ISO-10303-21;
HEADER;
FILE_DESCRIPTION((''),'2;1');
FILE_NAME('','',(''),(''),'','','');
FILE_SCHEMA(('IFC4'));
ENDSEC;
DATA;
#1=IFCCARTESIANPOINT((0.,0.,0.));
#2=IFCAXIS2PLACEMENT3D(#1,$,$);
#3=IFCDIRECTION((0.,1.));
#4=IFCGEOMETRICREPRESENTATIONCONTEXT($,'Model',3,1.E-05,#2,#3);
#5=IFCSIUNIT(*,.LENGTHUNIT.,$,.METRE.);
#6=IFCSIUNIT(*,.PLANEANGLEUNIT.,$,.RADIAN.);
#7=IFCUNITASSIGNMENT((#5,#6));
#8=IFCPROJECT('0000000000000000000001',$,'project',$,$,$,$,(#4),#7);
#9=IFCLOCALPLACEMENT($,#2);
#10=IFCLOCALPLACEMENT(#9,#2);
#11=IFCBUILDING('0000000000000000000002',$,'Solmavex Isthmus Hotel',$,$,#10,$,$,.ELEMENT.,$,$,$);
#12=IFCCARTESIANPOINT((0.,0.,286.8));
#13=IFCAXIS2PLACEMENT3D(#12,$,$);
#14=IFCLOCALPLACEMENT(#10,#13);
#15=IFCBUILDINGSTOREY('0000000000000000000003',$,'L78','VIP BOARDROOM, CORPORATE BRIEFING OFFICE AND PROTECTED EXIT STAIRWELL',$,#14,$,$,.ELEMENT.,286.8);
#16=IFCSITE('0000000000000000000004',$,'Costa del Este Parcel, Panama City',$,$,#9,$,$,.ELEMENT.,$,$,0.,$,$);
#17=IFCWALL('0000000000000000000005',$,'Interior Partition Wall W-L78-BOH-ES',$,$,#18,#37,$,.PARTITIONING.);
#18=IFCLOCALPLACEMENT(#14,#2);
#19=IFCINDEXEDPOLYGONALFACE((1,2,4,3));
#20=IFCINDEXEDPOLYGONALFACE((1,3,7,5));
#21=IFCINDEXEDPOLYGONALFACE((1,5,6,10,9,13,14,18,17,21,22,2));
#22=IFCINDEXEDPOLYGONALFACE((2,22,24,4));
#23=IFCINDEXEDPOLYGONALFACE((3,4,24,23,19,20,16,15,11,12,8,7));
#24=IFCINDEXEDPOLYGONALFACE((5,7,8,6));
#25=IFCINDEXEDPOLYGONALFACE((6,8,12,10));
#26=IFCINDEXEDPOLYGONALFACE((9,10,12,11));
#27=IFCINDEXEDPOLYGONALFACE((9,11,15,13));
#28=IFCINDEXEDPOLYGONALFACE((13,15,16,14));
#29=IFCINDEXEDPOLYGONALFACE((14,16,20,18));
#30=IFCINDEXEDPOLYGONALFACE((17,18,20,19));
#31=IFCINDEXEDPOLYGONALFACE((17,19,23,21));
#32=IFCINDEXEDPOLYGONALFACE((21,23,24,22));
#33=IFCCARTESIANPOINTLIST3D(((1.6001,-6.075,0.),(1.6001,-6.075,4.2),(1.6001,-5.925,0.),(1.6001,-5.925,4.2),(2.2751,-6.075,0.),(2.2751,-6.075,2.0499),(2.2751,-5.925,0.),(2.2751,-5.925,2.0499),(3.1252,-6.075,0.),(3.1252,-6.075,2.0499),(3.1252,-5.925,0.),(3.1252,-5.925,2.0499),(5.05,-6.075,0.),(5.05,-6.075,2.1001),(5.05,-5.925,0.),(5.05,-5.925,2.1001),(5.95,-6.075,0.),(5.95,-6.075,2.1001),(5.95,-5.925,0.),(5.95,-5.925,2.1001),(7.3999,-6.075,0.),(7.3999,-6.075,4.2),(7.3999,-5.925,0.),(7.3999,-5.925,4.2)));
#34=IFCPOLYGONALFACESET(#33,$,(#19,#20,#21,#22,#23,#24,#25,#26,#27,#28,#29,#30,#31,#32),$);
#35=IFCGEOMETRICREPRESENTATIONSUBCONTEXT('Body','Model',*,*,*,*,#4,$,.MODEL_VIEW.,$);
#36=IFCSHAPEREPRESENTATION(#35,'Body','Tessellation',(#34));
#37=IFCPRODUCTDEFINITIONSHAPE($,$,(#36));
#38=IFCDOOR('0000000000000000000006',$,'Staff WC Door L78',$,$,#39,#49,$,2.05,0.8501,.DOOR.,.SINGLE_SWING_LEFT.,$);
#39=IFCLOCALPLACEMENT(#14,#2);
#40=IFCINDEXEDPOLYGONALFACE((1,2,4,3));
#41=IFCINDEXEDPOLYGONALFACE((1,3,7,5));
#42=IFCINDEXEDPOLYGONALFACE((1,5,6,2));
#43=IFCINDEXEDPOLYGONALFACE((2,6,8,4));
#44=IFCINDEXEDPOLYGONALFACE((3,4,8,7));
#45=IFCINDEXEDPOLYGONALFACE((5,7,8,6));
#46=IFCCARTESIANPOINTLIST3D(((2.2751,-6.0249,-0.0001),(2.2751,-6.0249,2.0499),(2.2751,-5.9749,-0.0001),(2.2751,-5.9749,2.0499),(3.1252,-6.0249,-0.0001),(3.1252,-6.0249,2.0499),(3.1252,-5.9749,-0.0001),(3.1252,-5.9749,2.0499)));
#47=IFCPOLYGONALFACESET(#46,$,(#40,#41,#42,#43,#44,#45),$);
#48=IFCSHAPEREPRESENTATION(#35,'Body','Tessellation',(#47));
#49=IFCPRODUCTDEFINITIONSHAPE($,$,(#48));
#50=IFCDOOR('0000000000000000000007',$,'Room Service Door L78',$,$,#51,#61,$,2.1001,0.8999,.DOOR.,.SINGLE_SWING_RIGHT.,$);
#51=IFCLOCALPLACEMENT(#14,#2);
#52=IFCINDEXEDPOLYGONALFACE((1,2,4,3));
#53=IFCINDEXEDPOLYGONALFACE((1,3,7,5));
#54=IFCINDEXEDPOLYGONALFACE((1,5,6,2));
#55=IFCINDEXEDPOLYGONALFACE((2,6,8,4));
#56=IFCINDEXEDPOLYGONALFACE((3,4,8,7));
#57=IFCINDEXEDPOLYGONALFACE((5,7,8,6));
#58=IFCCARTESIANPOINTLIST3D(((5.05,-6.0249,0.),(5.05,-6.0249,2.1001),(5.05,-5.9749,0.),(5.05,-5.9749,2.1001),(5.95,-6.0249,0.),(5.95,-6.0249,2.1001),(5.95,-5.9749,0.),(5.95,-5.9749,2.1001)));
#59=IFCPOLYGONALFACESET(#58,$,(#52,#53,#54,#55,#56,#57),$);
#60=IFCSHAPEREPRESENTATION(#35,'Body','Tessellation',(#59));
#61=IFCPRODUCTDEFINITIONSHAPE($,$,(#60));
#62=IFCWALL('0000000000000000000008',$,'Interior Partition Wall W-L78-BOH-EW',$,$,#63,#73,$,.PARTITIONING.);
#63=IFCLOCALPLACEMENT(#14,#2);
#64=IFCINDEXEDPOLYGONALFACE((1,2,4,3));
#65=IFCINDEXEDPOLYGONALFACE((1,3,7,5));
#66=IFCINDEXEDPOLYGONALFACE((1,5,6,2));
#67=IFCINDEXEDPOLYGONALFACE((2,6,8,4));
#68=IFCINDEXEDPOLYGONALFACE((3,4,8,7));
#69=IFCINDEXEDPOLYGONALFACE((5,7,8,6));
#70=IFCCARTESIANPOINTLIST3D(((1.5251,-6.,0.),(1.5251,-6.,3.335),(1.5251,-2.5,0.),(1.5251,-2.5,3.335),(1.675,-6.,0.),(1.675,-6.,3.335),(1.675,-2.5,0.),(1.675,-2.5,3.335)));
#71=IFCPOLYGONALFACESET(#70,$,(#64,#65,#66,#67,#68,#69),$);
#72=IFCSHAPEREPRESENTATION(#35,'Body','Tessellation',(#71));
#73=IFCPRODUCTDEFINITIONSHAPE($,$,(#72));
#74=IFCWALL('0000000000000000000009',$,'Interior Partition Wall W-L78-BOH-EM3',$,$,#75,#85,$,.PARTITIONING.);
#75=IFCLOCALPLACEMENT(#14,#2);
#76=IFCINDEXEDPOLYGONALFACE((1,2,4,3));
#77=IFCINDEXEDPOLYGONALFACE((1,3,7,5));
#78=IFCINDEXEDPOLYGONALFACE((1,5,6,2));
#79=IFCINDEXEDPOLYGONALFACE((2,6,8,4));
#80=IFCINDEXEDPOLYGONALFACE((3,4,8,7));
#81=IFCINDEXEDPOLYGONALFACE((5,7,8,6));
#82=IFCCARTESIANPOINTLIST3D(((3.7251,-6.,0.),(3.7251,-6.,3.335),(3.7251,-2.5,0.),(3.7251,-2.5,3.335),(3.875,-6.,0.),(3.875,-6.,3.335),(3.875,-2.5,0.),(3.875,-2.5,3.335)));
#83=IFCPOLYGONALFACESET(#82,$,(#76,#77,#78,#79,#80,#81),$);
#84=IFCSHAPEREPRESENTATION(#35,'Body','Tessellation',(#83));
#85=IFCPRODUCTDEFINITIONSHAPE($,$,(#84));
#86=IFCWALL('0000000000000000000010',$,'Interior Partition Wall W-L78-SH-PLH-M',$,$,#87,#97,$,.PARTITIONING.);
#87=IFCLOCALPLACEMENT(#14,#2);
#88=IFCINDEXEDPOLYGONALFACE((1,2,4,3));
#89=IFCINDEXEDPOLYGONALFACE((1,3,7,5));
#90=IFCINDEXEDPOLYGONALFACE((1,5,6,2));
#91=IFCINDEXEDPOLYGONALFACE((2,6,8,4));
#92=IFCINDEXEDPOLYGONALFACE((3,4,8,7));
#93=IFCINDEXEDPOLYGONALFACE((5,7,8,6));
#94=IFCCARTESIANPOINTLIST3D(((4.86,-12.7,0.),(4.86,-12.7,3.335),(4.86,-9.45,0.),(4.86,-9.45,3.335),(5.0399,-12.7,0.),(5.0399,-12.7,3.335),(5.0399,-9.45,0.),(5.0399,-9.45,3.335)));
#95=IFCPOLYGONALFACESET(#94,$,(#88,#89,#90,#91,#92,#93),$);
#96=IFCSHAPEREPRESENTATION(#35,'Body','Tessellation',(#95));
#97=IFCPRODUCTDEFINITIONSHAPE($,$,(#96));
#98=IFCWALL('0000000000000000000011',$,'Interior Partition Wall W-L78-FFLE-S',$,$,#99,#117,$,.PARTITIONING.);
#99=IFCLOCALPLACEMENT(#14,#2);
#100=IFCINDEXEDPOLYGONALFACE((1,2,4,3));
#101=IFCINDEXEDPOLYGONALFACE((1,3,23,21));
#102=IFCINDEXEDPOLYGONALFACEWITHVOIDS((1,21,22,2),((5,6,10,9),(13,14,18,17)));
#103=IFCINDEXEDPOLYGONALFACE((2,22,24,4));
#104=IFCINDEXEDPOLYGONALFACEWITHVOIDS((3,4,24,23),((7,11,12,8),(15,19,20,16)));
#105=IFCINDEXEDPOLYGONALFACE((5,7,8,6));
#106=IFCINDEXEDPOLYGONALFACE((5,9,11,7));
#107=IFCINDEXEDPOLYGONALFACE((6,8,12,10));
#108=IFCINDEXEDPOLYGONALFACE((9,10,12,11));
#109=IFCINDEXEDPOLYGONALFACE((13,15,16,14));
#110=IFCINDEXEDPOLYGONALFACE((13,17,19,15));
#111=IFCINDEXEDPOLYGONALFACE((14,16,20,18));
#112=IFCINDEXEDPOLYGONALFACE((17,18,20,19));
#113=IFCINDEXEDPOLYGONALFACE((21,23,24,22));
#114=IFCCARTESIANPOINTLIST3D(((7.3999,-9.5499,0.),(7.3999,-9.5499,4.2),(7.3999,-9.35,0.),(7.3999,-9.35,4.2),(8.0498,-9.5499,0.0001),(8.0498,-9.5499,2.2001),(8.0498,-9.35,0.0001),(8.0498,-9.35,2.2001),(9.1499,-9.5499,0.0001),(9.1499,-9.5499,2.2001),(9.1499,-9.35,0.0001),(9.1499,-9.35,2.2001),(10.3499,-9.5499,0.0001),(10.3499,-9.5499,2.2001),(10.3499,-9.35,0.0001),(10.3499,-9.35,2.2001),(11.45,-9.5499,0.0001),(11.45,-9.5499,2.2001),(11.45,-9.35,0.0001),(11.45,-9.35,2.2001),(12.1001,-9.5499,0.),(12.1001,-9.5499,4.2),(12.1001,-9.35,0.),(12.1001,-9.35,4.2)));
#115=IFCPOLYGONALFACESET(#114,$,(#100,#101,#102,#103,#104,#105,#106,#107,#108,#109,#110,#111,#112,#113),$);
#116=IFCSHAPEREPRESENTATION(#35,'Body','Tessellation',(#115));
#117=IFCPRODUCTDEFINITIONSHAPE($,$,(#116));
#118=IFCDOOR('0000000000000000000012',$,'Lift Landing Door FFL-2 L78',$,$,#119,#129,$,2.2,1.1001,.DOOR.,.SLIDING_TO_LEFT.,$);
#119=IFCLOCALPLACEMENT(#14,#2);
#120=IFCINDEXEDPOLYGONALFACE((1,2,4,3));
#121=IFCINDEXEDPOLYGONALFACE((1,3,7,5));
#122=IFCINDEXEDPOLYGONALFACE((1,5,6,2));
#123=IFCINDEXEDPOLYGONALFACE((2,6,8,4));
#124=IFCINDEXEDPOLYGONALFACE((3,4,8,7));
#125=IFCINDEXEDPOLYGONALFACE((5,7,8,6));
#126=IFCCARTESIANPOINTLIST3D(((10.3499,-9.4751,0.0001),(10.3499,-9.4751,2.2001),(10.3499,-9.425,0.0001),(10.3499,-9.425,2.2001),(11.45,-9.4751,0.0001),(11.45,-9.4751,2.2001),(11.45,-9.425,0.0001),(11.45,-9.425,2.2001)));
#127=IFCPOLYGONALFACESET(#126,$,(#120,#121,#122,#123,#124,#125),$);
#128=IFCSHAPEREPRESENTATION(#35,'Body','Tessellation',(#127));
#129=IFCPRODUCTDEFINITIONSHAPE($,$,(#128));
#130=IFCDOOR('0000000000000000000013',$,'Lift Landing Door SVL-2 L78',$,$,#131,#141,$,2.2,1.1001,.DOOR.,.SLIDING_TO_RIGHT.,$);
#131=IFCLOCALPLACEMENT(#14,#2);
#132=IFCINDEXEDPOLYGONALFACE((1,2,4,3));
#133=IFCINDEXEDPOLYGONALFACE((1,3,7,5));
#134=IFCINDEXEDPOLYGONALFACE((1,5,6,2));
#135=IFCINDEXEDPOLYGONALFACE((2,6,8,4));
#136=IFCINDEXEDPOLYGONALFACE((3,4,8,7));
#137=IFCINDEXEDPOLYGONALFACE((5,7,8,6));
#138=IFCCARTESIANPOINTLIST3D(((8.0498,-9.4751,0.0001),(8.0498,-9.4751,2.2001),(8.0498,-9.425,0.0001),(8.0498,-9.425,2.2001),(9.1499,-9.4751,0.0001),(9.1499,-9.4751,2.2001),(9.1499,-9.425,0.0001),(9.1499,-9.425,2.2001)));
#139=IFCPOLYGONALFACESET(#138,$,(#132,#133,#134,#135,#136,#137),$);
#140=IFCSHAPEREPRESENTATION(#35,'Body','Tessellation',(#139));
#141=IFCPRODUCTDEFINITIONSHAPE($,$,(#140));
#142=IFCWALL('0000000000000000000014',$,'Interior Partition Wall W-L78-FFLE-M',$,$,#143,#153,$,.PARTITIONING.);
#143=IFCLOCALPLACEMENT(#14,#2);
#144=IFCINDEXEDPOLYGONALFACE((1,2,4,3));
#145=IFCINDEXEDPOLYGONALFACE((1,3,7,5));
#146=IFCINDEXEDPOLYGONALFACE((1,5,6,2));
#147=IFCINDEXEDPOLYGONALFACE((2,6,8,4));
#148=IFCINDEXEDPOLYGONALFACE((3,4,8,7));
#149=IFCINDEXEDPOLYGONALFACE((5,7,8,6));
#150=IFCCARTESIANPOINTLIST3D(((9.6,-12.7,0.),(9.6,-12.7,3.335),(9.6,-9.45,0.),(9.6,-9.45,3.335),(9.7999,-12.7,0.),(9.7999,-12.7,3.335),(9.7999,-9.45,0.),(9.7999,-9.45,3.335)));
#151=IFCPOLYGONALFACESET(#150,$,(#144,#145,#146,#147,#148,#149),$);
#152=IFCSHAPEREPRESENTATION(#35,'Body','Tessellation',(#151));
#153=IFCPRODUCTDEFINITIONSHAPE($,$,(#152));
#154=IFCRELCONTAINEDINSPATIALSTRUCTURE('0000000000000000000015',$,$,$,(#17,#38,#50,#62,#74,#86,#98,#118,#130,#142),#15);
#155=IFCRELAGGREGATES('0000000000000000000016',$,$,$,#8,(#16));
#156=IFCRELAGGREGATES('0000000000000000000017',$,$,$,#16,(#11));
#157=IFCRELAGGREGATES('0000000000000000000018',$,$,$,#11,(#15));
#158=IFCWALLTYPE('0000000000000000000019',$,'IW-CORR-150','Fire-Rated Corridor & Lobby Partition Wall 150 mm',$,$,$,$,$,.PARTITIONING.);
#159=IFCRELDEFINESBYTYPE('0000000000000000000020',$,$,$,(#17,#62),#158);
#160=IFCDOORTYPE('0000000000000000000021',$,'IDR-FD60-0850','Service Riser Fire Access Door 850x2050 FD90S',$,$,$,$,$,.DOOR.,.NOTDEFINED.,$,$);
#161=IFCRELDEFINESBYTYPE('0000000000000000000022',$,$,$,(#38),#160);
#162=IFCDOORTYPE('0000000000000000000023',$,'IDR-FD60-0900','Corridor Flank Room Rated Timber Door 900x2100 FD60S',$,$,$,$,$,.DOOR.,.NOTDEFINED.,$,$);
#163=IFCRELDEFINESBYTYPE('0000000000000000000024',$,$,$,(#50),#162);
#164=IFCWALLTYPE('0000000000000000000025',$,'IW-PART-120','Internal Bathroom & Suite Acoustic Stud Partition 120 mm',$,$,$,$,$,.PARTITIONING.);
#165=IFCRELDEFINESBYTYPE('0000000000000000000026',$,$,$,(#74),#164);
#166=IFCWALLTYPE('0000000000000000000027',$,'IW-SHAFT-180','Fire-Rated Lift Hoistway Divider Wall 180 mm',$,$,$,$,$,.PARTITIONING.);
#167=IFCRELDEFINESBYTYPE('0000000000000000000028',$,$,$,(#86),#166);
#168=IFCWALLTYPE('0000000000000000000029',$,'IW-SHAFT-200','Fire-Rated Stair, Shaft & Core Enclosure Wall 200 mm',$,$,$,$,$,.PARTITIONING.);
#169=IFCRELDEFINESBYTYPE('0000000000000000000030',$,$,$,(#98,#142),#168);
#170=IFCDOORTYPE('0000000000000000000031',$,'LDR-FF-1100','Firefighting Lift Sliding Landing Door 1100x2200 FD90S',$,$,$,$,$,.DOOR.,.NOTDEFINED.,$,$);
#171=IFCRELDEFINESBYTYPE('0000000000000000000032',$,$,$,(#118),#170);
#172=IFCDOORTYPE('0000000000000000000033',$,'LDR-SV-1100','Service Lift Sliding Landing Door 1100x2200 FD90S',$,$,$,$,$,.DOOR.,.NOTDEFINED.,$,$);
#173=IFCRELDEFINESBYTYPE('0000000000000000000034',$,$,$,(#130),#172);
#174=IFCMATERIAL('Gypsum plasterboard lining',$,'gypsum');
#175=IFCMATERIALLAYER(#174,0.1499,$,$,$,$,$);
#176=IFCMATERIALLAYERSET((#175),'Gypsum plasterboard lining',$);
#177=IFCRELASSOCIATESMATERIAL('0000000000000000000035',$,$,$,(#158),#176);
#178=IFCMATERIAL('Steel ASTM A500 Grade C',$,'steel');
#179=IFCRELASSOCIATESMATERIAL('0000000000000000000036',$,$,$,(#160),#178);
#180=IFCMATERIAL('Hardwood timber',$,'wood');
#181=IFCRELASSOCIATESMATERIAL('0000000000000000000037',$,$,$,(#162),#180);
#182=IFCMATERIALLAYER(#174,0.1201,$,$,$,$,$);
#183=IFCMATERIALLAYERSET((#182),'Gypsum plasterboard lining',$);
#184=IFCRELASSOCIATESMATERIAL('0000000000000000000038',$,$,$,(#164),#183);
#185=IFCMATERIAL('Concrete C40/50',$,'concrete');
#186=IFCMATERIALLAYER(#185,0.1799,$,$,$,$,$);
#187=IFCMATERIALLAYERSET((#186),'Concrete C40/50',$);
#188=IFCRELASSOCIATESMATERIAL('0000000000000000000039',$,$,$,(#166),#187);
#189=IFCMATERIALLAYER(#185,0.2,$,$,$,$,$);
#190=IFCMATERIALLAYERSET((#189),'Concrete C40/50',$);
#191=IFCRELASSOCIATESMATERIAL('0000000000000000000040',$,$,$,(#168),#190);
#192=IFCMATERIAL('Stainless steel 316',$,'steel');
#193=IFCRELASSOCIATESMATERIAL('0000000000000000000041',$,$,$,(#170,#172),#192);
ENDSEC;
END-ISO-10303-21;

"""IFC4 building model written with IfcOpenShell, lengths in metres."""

from ifc_helpers import new_model, si_unit, direction, frame, frame_2d, origin, place, context, subcontext, project, spatial, rectangle, extrude, material, layer, layer_set, type_object, element, fill, save


model = new_model("IFC4")

# Units and contexts
model_context = context("Model", 3, precision=1e-05, world=origin(), true_north=direction((0.0, 1.0)))
body_context = subcontext(model_context, "Body", "Model", "MODEL_VIEW")
ifc_project = project(units=[si_unit("LENGTHUNIT", "METRE"), si_unit("PLANEANGLEUNIT", "RADIAN")], contexts=[model_context])

# Site, building, storey
site_placement = place(None, origin())
site = spatial("IfcSite", under=ifc_project, at=site_placement, Name="Costa del Este Parcel, Panama City", CompositionType="ELEMENT", RefElevation=0.0)
building_placement = place(site_placement, origin())
building = spatial("IfcBuilding", under=site, at=building_placement, Name="Solmavex Isthmus Hotel", CompositionType="ELEMENT")
storey_placement = place(building_placement, frame((0.0, 0.0, 286.8)))
storey = spatial("IfcBuildingStorey", under=building, at=storey_placement, Name="L78", Description="VIP BOARDROOM, CORPORATE BRIEFING OFFICE AND PROTECTED EXIT STAIRWELL", CompositionType="ELEMENT", Elevation=286.8)

# Shared definitions
ifc_material_1 = material(Name="Concrete C40/50", Category="concrete")

# Shared definitions
ifc_material_2 = material(Name="Gypsum plasterboard lining", Category="gypsum")

# Wall, openings, doors
ifc_layer_1 = layer(ifc_material_2, 0.1499)
ifc_layer_set_1 = layer_set([ifc_layer_1], Name="Gypsum plasterboard lining")
wall_type_1 = type_object("IfcWallType", Name="IW-CORR-150", Description="Fire-Rated Corridor & Lobby Partition Wall 150 mm", PredefinedType="PARTITIONING", material=ifc_layer_set_1)
wall_1_placement = place(storey_placement, frame((1.6001, -6.0, 0.0), z_axis=(0.0, 0.0, 1.0), x_axis=(1.0, 0.0, 0.0)))
wall_1 = element("IfcWall", 1, at=wall_1_placement, inside=storey, type_object=wall_type_1, Name="Interior Partition Wall W-L78-BOH-ES", PredefinedType="PARTITIONING", context=body_context, shape_type="SweptSolid", body=[
    extrude(rectangle(XDim=5.7998, YDim=0.1499, at=frame_2d((2.8999, 0.0))), origin(), (0.0, 0.0, 1.0), 4.2),
])
opening_1_placement = place(wall_1_placement, frame((0.675, 0.0, 0.0)))
opening_1 = element("IfcOpeningElement", 2, at=opening_1_placement, cuts=wall_1, PredefinedType="OPENING", context=body_context, shape_type="SweptSolid", body=[
    extrude(rectangle(XDim=0.8501, YDim=2.05, at=frame_2d((0.425, 1.0249))), frame((0.0, 0.085, 0.0), z_axis=(0.0, -1.0, 0.0), x_axis=(1.0, 0.0, 0.0)), (0.0, 0.0, 1.0), 0.1699),
])
opening_2_placement = place(wall_1_placement, frame((3.45, 0.0, 0.0)))
opening_2 = element("IfcOpeningElement", 3, at=opening_2_placement, cuts=wall_1, PredefinedType="OPENING", context=body_context, shape_type="SweptSolid", body=[
    extrude(rectangle(XDim=0.8999, YDim=2.1001, at=frame_2d((0.45, 1.05))), frame((0.0, 0.085, 0.0), z_axis=(0.0, -1.0, 0.0), x_axis=(1.0, 0.0, 0.0)), (0.0, 0.0, 1.0), 0.1699),
])
ifc_material_3 = material(Name="Steel ASTM A500 Grade C", Category="steel")
door_type_1 = type_object("IfcDoorType", Name="IDR-FD60-0850", Description="Service Riser Fire Access Door 850x2050 FD90S", OperationType="NOTDEFINED", PredefinedType="DOOR", material=ifc_material_3)
door_1_placement = place(opening_1_placement, frame((0.8501, 0.0, 0.0), z_axis=(0.0, 0.0, 1.0), x_axis=(-1.0, 0.0, 0.0)))
door_1 = element("IfcDoor", 4, at=door_1_placement, inside=storey, type_object=door_type_1, Name="Staff WC Door L78", OperationType="SINGLE_SWING_LEFT", OverallHeight=2.05, OverallWidth=0.8501, PredefinedType="DOOR", context=body_context, shape_type="SweptSolid", body=[
    extrude(rectangle(XDim=0.8501, YDim=2.05, at=frame_2d((0.425, 1.0249))), frame((0.0, 0.0249, 0.0), z_axis=(0.0, -1.0, 0.0), x_axis=(1.0, 0.0, 0.0)), (0.0, 0.0, 1.0), 0.05),
])
fill(opening_1, door_1)
ifc_material_4 = material(Name="Hardwood timber", Category="wood")
door_type_2 = type_object("IfcDoorType", Name="IDR-FD60-0900", Description="Corridor Flank Room Rated Timber Door 900x2100 FD60S", OperationType="NOTDEFINED", PredefinedType="DOOR", material=ifc_material_4)
door_2_placement = place(opening_2_placement, frame((0.8999, 0.0, 0.0), z_axis=(0.0, 0.0, 1.0), x_axis=(-1.0, 0.0, 0.0)))
door_2 = element("IfcDoor", 5, at=door_2_placement, inside=storey, type_object=door_type_2, Name="Room Service Door L78", OperationType="SINGLE_SWING_RIGHT", OverallHeight=2.1001, OverallWidth=0.8999, PredefinedType="DOOR", context=body_context, shape_type="SweptSolid", body=[
    extrude(rectangle(XDim=0.8999, YDim=2.1001, at=frame_2d((0.45, 1.05))), frame((0.0, 0.0249, 0.0), z_axis=(0.0, -1.0, 0.0), x_axis=(1.0, 0.0, 0.0)), (0.0, 0.0, 1.0), 0.05),
])
fill(opening_2, door_2)

# Walls
wall_2_placement = place(storey_placement, frame((1.6001, -6.0, 0.0), z_axis=(0.0, 0.0, 1.0), x_axis=(0.0, 1.0, 0.0)))
element("IfcWall", 6, at=wall_2_placement, inside=storey, type_object=wall_type_1, Name="Interior Partition Wall W-L78-BOH-EW", PredefinedType="PARTITIONING", context=body_context, shape_type="SweptSolid", body=[
    extrude(rectangle(XDim=3.5, YDim=0.1499, at=frame_2d((1.75, 0.0))), origin(), (0.0, 0.0, 1.0), 3.335),
])
ifc_layer_2 = layer(ifc_material_2, 0.1201)
ifc_layer_set_2 = layer_set([ifc_layer_2], Name="Gypsum plasterboard lining")
wall_type_2 = type_object("IfcWallType", Name="IW-PART-120", Description="Internal Bathroom & Suite Acoustic Stud Partition 120 mm", PredefinedType="PARTITIONING", material=ifc_layer_set_2)
wall_3_placement = place(storey_placement, frame((3.8, -6.0, 0.0), z_axis=(0.0, 0.0, 1.0), x_axis=(0.0, 1.0, 0.0)))
element("IfcWall", 7, at=wall_3_placement, inside=storey, type_object=wall_type_2, Name="Interior Partition Wall W-L78-BOH-EM3", PredefinedType="PARTITIONING", context=body_context, shape_type="SweptSolid", body=[
    extrude(rectangle(XDim=3.5, YDim=0.1499, at=frame_2d((1.75, 0.0))), origin(), (0.0, 0.0, 1.0), 3.335),
])
ifc_layer_3 = layer(ifc_material_1, 0.1799)
ifc_layer_set_3 = layer_set([ifc_layer_3], Name="Concrete C40/50")
wall_type_3 = type_object("IfcWallType", Name="IW-SHAFT-180", Description="Fire-Rated Lift Hoistway Divider Wall 180 mm", PredefinedType="PARTITIONING", material=ifc_layer_set_3)
wall_4_placement = place(storey_placement, frame((4.95, -12.7, 0.0), z_axis=(0.0, 0.0, 1.0), x_axis=(0.0, 1.0, 0.0)))
element("IfcWall", 8, at=wall_4_placement, inside=storey, type_object=wall_type_3, Name="Interior Partition Wall W-L78-SH-PLH-M", PredefinedType="PARTITIONING", context=body_context, shape_type="SweptSolid", body=[
    extrude(rectangle(XDim=3.25, YDim=0.1799, at=frame_2d((1.625, 0.0))), origin(), (0.0, 0.0, 1.0), 3.335),
])

# Wall, openings, doors
ifc_layer_4 = layer(ifc_material_1, 0.2)
ifc_layer_set_4 = layer_set([ifc_layer_4], Name="Concrete C40/50")
wall_type_4 = type_object("IfcWallType", Name="IW-SHAFT-200", Description="Fire-Rated Stair, Shaft & Core Enclosure Wall 200 mm", PredefinedType="PARTITIONING", material=ifc_layer_set_4)
wall_5_placement = place(storey_placement, frame((7.3999, -9.45, 0.0), z_axis=(0.0, 0.0, 1.0), x_axis=(1.0, 0.0, 0.0)))
wall_5 = element("IfcWall", 9, at=wall_5_placement, inside=storey, type_object=wall_type_4, Name="Interior Partition Wall W-L78-FFLE-S", PredefinedType="PARTITIONING", context=body_context, shape_type="SweptSolid", body=[
    extrude(rectangle(XDim=4.7002, YDim=0.2, at=frame_2d((2.3501, 0.0))), origin(), (0.0, 0.0, 1.0), 4.2),
])
opening_3_placement = place(wall_5_placement, frame((2.95, 0.0, 0.0)))
opening_3 = element("IfcOpeningElement", 10, at=opening_3_placement, cuts=wall_5, PredefinedType="OPENING", context=body_context, shape_type="SweptSolid", body=[
    extrude(rectangle(XDim=1.1001, YDim=2.2, at=frame_2d((0.55, 1.1001))), frame((0.0, 0.1099, 0.0), z_axis=(0.0, -1.0, 0.0), x_axis=(1.0, 0.0, 0.0)), (0.0, 0.0, 1.0), 0.22),
])
opening_4_placement = place(wall_5_placement, frame((0.6499, 0.0, 0.0)))
opening_4 = element("IfcOpeningElement", 11, at=opening_4_placement, cuts=wall_5, PredefinedType="OPENING", context=body_context, shape_type="SweptSolid", body=[
    extrude(rectangle(XDim=1.1001, YDim=2.2, at=frame_2d((0.55, 1.1001))), frame((0.0, 0.1099, 0.0), z_axis=(0.0, -1.0, 0.0), x_axis=(1.0, 0.0, 0.0)), (0.0, 0.0, 1.0), 0.22),
])
ifc_material_5 = material(Name="Stainless steel 316", Category="steel")
door_type_3 = type_object("IfcDoorType", Name="LDR-FF-1100", Description="Firefighting Lift Sliding Landing Door 1100x2200 FD90S", OperationType="NOTDEFINED", PredefinedType="DOOR", material=ifc_material_5)
door_3_placement = place(opening_3_placement, origin())
door_3 = element("IfcDoor", 12, at=door_3_placement, inside=storey, type_object=door_type_3, Name="Lift Landing Door FFL-2 L78", OperationType="SLIDING_TO_LEFT", OverallHeight=2.2, OverallWidth=1.1001, PredefinedType="DOOR", context=body_context, shape_type="SweptSolid", body=[
    extrude(rectangle(XDim=1.1001, YDim=2.2, at=frame_2d((0.55, 1.1001))), frame((0.0, 0.0249, 0.0), z_axis=(0.0, -1.0, 0.0), x_axis=(1.0, 0.0, 0.0)), (0.0, 0.0, 1.0), 0.05),
])
fill(opening_3, door_3)
door_type_4 = type_object("IfcDoorType", Name="LDR-SV-1100", Description="Service Lift Sliding Landing Door 1100x2200 FD90S", OperationType="NOTDEFINED", PredefinedType="DOOR", material=ifc_material_5)
door_4_placement = place(opening_4_placement, origin())
door_4 = element("IfcDoor", 13, at=door_4_placement, inside=storey, type_object=door_type_4, Name="Lift Landing Door SVL-2 L78", OperationType="SLIDING_TO_RIGHT", OverallHeight=2.2, OverallWidth=1.1001, PredefinedType="DOOR", context=body_context, shape_type="SweptSolid", body=[
    extrude(rectangle(XDim=1.1001, YDim=2.2, at=frame_2d((0.55, 1.1001))), frame((0.0, 0.0249, 0.0), z_axis=(0.0, -1.0, 0.0), x_axis=(1.0, 0.0, 0.0)), (0.0, 0.0, 1.0), 0.05),
])
fill(opening_4, door_4)

# Wall
wall_6_placement = place(storey_placement, frame((9.7, -12.7, 0.0), z_axis=(0.0, 0.0, 1.0), x_axis=(0.0, 1.0, 0.0)))
element("IfcWall", 14, at=wall_6_placement, inside=storey, type_object=wall_type_4, Name="Interior Partition Wall W-L78-FFLE-M", PredefinedType="PARTITIONING", context=body_context, shape_type="SweptSolid", body=[
    extrude(rectangle(XDim=3.25, YDim=0.2, at=frame_2d((1.625, 0.0))), origin(), (0.0, 0.0, 1.0), 3.335),
])

save(model, "model.ifc")
